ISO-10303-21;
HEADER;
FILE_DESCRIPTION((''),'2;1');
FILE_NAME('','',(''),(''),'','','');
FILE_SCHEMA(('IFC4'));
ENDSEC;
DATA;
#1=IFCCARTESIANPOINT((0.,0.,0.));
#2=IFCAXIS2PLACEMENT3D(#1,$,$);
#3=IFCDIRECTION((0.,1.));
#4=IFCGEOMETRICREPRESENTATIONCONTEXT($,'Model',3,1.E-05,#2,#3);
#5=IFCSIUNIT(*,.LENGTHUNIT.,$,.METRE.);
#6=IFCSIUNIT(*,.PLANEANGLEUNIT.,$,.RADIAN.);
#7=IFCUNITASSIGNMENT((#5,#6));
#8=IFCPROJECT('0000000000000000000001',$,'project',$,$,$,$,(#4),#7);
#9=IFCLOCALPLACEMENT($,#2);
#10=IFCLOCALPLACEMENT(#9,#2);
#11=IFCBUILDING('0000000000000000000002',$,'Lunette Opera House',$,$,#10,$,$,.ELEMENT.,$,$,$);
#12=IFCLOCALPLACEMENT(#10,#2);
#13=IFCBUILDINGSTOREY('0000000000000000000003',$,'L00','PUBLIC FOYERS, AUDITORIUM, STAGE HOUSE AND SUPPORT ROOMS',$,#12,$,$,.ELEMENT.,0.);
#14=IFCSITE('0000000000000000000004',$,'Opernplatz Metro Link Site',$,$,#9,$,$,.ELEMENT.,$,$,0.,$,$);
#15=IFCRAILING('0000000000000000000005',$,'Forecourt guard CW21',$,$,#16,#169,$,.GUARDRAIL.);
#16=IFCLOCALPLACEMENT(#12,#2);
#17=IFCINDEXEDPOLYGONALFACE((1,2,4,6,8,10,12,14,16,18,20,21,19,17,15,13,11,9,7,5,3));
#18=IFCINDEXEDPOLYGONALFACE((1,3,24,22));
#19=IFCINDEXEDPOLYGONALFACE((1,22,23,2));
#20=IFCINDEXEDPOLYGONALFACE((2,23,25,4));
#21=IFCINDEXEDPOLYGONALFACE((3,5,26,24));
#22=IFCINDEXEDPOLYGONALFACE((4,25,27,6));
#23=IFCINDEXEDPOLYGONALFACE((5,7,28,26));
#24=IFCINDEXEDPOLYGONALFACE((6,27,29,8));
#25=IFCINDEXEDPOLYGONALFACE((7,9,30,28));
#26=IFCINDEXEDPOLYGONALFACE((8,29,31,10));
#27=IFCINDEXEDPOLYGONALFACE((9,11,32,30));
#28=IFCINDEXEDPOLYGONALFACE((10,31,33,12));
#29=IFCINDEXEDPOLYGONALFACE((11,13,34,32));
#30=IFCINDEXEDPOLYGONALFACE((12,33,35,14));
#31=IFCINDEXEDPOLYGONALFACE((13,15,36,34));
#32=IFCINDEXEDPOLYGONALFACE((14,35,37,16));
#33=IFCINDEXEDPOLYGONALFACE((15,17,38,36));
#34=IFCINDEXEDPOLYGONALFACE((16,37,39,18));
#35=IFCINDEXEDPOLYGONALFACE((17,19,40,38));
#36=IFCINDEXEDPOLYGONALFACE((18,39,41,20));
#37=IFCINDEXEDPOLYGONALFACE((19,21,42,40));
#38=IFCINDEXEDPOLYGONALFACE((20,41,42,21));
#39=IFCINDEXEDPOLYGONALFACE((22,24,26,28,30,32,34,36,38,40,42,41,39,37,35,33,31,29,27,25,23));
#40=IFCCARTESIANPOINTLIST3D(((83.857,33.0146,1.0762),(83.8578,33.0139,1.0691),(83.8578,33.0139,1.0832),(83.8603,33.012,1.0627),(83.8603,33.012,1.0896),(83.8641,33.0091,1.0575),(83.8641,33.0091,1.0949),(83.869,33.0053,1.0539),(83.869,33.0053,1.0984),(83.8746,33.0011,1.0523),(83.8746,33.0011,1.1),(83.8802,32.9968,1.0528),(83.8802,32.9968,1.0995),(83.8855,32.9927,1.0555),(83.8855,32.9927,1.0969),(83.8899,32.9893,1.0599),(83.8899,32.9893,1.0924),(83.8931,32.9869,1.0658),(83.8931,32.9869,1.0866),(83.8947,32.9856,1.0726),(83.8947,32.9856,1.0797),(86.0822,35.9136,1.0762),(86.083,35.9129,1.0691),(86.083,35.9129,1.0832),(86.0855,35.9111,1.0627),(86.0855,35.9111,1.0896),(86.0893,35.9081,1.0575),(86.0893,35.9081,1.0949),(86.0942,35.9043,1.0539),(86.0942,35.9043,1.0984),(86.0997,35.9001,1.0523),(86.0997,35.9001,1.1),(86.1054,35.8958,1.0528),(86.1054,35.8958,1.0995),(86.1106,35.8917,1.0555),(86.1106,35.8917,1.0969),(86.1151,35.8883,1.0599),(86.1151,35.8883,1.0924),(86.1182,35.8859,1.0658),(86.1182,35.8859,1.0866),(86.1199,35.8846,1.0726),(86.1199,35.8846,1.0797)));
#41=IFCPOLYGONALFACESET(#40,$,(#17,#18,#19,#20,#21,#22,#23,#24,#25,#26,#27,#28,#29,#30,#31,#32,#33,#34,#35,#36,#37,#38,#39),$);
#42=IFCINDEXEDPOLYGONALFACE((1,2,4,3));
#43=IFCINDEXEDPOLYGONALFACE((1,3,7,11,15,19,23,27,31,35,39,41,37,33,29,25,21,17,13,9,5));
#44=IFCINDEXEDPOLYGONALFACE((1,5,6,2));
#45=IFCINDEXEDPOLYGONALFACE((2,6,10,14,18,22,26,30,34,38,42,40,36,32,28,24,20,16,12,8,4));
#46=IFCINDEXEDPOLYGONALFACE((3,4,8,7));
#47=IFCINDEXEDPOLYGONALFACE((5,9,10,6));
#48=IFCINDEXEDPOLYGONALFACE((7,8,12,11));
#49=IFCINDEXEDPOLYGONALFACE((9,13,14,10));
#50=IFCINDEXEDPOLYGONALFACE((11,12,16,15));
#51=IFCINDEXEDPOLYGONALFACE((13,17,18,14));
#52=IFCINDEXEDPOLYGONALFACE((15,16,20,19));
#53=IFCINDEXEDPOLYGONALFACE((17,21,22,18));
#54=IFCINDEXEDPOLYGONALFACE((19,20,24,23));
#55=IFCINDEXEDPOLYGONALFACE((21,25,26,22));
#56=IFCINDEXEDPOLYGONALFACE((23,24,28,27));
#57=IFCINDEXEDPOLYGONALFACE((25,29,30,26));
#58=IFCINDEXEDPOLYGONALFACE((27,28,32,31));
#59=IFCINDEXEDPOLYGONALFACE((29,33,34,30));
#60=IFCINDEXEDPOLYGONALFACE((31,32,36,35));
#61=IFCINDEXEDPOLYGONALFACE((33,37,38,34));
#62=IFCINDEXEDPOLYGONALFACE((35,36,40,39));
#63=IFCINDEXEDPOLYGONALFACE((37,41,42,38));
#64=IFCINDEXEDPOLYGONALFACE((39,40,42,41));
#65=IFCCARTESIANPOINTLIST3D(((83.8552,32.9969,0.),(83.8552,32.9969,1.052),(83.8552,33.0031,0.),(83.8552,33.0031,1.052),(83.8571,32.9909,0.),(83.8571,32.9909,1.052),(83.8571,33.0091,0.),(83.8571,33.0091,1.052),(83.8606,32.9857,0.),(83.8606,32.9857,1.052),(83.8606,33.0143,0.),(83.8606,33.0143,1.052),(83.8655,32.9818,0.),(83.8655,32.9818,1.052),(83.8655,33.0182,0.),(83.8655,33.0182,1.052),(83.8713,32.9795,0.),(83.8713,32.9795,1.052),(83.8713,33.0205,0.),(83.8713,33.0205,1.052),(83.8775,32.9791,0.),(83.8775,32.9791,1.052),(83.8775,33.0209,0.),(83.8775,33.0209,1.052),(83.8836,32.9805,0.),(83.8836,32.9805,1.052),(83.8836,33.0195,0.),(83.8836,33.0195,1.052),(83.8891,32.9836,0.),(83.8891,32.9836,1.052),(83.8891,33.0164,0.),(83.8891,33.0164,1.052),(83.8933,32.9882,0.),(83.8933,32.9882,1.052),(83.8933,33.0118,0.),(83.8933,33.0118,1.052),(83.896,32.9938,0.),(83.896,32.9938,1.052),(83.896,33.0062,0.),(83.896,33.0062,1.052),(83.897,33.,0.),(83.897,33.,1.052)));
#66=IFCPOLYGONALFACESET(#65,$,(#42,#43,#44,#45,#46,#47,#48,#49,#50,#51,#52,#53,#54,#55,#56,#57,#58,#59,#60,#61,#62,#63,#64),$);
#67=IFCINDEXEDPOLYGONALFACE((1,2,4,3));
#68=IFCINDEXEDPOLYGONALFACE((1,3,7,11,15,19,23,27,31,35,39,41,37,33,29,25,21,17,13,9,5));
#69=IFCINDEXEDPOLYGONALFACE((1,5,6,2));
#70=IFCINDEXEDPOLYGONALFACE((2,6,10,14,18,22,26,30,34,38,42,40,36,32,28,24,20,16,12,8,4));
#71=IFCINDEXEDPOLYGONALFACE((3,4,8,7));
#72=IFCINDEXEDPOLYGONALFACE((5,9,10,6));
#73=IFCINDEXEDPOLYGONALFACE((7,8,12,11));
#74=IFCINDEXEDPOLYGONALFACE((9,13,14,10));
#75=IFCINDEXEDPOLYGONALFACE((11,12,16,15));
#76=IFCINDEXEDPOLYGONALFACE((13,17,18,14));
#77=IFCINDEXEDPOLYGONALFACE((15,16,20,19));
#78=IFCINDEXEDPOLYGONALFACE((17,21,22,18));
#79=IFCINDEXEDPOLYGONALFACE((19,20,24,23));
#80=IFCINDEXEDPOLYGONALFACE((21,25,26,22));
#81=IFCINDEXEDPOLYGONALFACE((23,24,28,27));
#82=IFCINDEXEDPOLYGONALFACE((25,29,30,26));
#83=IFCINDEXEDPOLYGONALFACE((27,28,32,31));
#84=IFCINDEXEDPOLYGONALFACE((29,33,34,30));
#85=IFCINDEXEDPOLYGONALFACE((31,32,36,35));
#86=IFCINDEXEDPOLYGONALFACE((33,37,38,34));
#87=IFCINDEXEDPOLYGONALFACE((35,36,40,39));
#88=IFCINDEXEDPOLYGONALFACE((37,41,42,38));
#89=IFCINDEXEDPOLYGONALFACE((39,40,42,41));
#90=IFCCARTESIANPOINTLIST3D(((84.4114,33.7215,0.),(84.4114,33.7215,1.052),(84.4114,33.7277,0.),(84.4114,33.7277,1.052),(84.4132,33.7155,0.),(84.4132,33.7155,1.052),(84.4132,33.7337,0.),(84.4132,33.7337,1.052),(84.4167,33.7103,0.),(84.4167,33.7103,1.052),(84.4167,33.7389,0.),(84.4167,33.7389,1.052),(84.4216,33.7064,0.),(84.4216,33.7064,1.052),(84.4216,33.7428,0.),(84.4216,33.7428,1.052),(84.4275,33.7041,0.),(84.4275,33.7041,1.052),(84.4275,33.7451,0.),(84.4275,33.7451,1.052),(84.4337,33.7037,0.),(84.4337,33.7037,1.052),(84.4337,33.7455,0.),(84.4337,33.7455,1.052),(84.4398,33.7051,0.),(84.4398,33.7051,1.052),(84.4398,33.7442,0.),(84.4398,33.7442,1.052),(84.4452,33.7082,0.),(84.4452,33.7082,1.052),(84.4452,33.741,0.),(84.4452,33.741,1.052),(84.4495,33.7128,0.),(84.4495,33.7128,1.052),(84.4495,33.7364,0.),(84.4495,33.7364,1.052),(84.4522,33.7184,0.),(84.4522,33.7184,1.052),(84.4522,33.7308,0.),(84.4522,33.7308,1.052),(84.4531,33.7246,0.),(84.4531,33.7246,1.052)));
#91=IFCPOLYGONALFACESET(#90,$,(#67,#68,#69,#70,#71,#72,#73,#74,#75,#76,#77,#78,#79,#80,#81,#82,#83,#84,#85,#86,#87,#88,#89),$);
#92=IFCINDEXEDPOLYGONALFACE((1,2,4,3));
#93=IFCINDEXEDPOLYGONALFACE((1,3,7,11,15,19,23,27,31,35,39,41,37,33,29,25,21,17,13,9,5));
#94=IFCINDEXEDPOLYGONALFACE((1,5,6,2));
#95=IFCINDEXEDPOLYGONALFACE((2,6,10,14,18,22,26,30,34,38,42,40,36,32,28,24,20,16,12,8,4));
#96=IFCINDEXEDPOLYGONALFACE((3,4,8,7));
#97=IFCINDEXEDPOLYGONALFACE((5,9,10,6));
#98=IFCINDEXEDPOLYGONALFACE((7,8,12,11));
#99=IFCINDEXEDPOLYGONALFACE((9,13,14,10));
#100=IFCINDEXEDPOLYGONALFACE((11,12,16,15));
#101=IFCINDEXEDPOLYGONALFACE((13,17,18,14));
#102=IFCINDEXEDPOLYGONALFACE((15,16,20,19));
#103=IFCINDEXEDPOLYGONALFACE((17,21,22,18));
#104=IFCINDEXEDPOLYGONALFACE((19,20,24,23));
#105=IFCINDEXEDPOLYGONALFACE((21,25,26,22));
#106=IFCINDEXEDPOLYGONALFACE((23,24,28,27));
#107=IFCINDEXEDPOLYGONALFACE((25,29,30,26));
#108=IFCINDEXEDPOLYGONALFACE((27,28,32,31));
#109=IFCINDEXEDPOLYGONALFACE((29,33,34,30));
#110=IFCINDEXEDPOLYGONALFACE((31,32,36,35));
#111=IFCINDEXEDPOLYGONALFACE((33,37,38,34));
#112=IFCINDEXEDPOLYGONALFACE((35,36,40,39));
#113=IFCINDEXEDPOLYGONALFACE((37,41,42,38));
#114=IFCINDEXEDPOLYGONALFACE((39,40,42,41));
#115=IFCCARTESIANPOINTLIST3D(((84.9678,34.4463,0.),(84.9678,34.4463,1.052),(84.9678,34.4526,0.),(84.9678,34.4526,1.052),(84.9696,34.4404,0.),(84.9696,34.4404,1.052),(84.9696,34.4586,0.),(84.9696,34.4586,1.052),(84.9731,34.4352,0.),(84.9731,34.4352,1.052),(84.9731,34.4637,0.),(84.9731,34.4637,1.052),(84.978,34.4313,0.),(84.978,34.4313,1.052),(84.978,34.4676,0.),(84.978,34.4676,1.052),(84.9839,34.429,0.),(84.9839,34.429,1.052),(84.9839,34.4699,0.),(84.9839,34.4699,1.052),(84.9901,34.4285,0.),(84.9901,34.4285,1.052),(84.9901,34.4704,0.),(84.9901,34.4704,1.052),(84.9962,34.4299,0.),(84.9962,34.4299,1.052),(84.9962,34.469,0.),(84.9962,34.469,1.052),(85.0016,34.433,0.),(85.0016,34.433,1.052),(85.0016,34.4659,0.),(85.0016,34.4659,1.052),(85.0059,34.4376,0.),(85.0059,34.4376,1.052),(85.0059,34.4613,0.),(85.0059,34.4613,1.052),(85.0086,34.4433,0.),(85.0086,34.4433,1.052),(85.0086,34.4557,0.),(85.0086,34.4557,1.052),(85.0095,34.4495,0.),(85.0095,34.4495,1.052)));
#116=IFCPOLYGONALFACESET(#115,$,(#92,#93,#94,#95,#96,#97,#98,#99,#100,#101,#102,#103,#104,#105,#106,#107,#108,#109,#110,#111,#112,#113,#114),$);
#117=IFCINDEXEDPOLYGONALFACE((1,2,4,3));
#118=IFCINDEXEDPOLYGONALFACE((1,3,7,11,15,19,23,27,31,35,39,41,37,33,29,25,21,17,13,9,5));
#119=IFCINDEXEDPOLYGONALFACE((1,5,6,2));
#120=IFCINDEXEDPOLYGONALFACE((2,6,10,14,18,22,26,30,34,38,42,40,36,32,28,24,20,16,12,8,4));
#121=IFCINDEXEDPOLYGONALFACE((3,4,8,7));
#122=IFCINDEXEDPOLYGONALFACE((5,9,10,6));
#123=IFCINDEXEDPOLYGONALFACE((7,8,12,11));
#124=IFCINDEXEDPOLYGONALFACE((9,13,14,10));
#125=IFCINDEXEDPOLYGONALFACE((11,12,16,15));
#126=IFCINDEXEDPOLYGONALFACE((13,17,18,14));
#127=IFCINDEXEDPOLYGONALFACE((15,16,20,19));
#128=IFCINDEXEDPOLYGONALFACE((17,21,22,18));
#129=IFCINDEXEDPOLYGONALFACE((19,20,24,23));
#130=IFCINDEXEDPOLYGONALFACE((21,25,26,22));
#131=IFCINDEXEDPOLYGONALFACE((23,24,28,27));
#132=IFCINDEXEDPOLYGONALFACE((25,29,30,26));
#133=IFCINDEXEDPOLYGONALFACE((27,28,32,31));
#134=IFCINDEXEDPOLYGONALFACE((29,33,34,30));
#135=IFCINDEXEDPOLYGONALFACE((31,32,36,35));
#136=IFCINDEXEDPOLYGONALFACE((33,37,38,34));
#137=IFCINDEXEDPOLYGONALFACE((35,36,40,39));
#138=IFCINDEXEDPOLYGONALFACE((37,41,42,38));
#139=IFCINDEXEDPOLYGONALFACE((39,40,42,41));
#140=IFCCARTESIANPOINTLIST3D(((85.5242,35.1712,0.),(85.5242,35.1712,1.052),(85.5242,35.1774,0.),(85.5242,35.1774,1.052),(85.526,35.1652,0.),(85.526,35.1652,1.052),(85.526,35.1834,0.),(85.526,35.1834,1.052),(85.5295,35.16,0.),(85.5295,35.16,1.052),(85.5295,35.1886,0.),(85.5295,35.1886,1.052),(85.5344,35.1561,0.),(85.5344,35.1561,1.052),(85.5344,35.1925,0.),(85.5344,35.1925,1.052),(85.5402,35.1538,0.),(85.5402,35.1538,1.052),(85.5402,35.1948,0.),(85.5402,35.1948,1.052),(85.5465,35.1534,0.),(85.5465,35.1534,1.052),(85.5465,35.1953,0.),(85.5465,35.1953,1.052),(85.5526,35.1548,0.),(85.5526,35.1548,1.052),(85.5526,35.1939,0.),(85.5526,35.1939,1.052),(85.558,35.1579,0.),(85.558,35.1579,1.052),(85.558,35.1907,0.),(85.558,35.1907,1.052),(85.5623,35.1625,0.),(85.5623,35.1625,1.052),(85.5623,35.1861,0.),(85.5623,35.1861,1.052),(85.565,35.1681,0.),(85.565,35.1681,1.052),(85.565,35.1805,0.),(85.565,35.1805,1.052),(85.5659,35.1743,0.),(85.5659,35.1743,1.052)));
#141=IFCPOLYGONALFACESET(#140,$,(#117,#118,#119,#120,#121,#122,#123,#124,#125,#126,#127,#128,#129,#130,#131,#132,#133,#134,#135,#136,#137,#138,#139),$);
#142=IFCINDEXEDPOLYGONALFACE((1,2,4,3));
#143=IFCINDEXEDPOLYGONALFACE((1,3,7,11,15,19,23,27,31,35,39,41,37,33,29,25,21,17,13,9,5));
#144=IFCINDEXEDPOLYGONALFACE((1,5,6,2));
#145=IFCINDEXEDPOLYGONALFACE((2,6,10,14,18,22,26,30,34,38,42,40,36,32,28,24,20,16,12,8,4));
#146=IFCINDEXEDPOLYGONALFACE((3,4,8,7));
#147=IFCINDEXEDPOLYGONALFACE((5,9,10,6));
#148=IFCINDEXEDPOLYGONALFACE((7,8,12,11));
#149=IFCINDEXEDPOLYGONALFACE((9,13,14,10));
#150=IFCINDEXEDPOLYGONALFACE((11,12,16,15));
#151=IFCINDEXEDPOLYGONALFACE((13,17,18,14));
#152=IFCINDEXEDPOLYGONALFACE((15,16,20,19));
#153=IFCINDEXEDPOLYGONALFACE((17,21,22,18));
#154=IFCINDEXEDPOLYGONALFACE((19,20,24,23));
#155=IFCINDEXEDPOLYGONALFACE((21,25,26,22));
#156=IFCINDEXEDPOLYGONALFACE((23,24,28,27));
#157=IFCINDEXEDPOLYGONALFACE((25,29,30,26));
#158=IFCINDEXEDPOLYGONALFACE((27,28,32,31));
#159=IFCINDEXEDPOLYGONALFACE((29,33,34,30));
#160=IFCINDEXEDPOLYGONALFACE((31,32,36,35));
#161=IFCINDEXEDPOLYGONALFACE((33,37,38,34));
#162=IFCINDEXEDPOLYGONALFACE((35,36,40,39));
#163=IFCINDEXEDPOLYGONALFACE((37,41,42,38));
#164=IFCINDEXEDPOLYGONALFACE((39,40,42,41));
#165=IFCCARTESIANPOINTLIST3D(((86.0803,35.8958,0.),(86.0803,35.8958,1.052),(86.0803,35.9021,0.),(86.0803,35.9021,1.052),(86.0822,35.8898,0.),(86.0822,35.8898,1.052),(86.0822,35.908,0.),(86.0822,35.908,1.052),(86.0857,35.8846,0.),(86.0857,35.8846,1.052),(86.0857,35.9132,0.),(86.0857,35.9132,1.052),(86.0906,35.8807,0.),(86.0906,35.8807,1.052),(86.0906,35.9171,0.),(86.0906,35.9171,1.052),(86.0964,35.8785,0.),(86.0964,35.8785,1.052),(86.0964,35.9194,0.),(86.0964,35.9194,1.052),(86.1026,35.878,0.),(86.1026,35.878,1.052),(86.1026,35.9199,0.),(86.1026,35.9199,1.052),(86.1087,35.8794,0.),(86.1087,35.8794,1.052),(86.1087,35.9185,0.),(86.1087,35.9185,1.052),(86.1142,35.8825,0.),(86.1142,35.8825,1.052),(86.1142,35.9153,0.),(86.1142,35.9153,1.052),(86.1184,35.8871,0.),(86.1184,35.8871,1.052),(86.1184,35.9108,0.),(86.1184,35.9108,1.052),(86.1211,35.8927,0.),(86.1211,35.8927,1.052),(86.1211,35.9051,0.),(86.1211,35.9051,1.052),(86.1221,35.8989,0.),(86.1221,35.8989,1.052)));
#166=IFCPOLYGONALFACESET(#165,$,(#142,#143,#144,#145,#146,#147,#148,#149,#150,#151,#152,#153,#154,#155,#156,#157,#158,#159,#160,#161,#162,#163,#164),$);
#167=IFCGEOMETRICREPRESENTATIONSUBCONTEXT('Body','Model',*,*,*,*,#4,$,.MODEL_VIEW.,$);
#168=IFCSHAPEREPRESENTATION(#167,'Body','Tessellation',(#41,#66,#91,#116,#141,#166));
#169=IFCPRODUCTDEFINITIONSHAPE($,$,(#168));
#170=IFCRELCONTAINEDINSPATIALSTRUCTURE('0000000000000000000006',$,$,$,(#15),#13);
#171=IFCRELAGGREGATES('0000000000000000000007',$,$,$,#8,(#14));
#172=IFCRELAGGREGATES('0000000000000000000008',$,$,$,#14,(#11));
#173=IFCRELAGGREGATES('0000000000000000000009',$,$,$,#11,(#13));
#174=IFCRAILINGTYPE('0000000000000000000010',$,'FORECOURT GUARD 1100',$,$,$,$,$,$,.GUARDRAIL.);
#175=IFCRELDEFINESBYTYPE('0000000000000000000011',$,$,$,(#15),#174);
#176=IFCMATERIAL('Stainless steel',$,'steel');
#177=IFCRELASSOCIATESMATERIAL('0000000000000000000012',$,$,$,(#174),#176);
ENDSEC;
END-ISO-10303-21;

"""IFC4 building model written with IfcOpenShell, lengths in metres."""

from ifc_helpers import new_model, si_unit, direction, frame, origin, origin_2d, place, context, subcontext, project, spatial, circle, extrude, material, type_object, element, save


model = new_model("IFC4")

# Units and contexts
model_context = context("Model", 3, precision=1e-05, world=origin(), true_north=direction((0.0, 1.0)))
body_context = subcontext(model_context, "Body", "Model", "MODEL_VIEW")
ifc_project = project(units=[si_unit("LENGTHUNIT", "METRE"), si_unit("PLANEANGLEUNIT", "RADIAN")], contexts=[model_context])

# Site, building, storey
site_placement = place(None, origin())
site = spatial("IfcSite", under=ifc_project, at=site_placement, Name="Opernplatz Metro Link Site", CompositionType="ELEMENT", RefElevation=0.0)
building_placement = place(site_placement, origin())
building = spatial("IfcBuilding", under=site, at=building_placement, Name="Lunette Opera House", CompositionType="ELEMENT")
storey_placement = place(building_placement, origin())
storey = spatial("IfcBuildingStorey", under=building, at=storey_placement, Name="L00", Description="PUBLIC FOYERS, AUDITORIUM, STAGE HOUSE AND SUPPORT ROOMS", CompositionType="ELEMENT", Elevation=0.0)

# Railing
ifc_material_1 = material(Name="Stainless steel", Category="steel")
railing_type = type_object("IfcRailingType", Name="FORECOURT GUARD 1100", PredefinedType="GUARDRAIL", material=ifc_material_1)
railing_1_placement = place(storey_placement, frame((83.876, 33.0, 0.0)))
element("IfcRailing", 1, at=railing_1_placement, inside=storey, type_object=railing_type, Name="Forecourt guard CW21", PredefinedType="GUARDRAIL", context=body_context, shape_type="SweptSolid", body=[
    extrude(circle(Radius=0.0239, at=origin_2d()), frame((0.0, 0.0, 1.0762), z_axis=(0.608877, 0.793264, 0.0), x_axis=(-0.793264, 0.608877, 0.0)), (0.0, 0.0, 1.0), 3.6545),
    extrude(circle(Radius=0.021, at=origin_2d()), origin(), (0.0, 0.0, 1.0), 1.052),
    extrude(circle(Radius=0.021, at=origin_2d()), frame((0.5562, 0.7246, 0.0)), (0.0, 0.0, 1.0), 1.052),
    extrude(circle(Radius=0.021, at=origin_2d()), frame((1.1125, 1.4495, 0.0)), (0.0, 0.0, 1.0), 1.052),
    extrude(circle(Radius=0.021, at=origin_2d()), frame((1.6689, 2.1743, 0.0)), (0.0, 0.0, 1.0), 1.052),
    extrude(circle(Radius=0.021, at=origin_2d()), frame((2.2251, 2.8989, 0.0)), (0.0, 0.0, 1.0), 1.052),
])

save(model, "model.ifc")
